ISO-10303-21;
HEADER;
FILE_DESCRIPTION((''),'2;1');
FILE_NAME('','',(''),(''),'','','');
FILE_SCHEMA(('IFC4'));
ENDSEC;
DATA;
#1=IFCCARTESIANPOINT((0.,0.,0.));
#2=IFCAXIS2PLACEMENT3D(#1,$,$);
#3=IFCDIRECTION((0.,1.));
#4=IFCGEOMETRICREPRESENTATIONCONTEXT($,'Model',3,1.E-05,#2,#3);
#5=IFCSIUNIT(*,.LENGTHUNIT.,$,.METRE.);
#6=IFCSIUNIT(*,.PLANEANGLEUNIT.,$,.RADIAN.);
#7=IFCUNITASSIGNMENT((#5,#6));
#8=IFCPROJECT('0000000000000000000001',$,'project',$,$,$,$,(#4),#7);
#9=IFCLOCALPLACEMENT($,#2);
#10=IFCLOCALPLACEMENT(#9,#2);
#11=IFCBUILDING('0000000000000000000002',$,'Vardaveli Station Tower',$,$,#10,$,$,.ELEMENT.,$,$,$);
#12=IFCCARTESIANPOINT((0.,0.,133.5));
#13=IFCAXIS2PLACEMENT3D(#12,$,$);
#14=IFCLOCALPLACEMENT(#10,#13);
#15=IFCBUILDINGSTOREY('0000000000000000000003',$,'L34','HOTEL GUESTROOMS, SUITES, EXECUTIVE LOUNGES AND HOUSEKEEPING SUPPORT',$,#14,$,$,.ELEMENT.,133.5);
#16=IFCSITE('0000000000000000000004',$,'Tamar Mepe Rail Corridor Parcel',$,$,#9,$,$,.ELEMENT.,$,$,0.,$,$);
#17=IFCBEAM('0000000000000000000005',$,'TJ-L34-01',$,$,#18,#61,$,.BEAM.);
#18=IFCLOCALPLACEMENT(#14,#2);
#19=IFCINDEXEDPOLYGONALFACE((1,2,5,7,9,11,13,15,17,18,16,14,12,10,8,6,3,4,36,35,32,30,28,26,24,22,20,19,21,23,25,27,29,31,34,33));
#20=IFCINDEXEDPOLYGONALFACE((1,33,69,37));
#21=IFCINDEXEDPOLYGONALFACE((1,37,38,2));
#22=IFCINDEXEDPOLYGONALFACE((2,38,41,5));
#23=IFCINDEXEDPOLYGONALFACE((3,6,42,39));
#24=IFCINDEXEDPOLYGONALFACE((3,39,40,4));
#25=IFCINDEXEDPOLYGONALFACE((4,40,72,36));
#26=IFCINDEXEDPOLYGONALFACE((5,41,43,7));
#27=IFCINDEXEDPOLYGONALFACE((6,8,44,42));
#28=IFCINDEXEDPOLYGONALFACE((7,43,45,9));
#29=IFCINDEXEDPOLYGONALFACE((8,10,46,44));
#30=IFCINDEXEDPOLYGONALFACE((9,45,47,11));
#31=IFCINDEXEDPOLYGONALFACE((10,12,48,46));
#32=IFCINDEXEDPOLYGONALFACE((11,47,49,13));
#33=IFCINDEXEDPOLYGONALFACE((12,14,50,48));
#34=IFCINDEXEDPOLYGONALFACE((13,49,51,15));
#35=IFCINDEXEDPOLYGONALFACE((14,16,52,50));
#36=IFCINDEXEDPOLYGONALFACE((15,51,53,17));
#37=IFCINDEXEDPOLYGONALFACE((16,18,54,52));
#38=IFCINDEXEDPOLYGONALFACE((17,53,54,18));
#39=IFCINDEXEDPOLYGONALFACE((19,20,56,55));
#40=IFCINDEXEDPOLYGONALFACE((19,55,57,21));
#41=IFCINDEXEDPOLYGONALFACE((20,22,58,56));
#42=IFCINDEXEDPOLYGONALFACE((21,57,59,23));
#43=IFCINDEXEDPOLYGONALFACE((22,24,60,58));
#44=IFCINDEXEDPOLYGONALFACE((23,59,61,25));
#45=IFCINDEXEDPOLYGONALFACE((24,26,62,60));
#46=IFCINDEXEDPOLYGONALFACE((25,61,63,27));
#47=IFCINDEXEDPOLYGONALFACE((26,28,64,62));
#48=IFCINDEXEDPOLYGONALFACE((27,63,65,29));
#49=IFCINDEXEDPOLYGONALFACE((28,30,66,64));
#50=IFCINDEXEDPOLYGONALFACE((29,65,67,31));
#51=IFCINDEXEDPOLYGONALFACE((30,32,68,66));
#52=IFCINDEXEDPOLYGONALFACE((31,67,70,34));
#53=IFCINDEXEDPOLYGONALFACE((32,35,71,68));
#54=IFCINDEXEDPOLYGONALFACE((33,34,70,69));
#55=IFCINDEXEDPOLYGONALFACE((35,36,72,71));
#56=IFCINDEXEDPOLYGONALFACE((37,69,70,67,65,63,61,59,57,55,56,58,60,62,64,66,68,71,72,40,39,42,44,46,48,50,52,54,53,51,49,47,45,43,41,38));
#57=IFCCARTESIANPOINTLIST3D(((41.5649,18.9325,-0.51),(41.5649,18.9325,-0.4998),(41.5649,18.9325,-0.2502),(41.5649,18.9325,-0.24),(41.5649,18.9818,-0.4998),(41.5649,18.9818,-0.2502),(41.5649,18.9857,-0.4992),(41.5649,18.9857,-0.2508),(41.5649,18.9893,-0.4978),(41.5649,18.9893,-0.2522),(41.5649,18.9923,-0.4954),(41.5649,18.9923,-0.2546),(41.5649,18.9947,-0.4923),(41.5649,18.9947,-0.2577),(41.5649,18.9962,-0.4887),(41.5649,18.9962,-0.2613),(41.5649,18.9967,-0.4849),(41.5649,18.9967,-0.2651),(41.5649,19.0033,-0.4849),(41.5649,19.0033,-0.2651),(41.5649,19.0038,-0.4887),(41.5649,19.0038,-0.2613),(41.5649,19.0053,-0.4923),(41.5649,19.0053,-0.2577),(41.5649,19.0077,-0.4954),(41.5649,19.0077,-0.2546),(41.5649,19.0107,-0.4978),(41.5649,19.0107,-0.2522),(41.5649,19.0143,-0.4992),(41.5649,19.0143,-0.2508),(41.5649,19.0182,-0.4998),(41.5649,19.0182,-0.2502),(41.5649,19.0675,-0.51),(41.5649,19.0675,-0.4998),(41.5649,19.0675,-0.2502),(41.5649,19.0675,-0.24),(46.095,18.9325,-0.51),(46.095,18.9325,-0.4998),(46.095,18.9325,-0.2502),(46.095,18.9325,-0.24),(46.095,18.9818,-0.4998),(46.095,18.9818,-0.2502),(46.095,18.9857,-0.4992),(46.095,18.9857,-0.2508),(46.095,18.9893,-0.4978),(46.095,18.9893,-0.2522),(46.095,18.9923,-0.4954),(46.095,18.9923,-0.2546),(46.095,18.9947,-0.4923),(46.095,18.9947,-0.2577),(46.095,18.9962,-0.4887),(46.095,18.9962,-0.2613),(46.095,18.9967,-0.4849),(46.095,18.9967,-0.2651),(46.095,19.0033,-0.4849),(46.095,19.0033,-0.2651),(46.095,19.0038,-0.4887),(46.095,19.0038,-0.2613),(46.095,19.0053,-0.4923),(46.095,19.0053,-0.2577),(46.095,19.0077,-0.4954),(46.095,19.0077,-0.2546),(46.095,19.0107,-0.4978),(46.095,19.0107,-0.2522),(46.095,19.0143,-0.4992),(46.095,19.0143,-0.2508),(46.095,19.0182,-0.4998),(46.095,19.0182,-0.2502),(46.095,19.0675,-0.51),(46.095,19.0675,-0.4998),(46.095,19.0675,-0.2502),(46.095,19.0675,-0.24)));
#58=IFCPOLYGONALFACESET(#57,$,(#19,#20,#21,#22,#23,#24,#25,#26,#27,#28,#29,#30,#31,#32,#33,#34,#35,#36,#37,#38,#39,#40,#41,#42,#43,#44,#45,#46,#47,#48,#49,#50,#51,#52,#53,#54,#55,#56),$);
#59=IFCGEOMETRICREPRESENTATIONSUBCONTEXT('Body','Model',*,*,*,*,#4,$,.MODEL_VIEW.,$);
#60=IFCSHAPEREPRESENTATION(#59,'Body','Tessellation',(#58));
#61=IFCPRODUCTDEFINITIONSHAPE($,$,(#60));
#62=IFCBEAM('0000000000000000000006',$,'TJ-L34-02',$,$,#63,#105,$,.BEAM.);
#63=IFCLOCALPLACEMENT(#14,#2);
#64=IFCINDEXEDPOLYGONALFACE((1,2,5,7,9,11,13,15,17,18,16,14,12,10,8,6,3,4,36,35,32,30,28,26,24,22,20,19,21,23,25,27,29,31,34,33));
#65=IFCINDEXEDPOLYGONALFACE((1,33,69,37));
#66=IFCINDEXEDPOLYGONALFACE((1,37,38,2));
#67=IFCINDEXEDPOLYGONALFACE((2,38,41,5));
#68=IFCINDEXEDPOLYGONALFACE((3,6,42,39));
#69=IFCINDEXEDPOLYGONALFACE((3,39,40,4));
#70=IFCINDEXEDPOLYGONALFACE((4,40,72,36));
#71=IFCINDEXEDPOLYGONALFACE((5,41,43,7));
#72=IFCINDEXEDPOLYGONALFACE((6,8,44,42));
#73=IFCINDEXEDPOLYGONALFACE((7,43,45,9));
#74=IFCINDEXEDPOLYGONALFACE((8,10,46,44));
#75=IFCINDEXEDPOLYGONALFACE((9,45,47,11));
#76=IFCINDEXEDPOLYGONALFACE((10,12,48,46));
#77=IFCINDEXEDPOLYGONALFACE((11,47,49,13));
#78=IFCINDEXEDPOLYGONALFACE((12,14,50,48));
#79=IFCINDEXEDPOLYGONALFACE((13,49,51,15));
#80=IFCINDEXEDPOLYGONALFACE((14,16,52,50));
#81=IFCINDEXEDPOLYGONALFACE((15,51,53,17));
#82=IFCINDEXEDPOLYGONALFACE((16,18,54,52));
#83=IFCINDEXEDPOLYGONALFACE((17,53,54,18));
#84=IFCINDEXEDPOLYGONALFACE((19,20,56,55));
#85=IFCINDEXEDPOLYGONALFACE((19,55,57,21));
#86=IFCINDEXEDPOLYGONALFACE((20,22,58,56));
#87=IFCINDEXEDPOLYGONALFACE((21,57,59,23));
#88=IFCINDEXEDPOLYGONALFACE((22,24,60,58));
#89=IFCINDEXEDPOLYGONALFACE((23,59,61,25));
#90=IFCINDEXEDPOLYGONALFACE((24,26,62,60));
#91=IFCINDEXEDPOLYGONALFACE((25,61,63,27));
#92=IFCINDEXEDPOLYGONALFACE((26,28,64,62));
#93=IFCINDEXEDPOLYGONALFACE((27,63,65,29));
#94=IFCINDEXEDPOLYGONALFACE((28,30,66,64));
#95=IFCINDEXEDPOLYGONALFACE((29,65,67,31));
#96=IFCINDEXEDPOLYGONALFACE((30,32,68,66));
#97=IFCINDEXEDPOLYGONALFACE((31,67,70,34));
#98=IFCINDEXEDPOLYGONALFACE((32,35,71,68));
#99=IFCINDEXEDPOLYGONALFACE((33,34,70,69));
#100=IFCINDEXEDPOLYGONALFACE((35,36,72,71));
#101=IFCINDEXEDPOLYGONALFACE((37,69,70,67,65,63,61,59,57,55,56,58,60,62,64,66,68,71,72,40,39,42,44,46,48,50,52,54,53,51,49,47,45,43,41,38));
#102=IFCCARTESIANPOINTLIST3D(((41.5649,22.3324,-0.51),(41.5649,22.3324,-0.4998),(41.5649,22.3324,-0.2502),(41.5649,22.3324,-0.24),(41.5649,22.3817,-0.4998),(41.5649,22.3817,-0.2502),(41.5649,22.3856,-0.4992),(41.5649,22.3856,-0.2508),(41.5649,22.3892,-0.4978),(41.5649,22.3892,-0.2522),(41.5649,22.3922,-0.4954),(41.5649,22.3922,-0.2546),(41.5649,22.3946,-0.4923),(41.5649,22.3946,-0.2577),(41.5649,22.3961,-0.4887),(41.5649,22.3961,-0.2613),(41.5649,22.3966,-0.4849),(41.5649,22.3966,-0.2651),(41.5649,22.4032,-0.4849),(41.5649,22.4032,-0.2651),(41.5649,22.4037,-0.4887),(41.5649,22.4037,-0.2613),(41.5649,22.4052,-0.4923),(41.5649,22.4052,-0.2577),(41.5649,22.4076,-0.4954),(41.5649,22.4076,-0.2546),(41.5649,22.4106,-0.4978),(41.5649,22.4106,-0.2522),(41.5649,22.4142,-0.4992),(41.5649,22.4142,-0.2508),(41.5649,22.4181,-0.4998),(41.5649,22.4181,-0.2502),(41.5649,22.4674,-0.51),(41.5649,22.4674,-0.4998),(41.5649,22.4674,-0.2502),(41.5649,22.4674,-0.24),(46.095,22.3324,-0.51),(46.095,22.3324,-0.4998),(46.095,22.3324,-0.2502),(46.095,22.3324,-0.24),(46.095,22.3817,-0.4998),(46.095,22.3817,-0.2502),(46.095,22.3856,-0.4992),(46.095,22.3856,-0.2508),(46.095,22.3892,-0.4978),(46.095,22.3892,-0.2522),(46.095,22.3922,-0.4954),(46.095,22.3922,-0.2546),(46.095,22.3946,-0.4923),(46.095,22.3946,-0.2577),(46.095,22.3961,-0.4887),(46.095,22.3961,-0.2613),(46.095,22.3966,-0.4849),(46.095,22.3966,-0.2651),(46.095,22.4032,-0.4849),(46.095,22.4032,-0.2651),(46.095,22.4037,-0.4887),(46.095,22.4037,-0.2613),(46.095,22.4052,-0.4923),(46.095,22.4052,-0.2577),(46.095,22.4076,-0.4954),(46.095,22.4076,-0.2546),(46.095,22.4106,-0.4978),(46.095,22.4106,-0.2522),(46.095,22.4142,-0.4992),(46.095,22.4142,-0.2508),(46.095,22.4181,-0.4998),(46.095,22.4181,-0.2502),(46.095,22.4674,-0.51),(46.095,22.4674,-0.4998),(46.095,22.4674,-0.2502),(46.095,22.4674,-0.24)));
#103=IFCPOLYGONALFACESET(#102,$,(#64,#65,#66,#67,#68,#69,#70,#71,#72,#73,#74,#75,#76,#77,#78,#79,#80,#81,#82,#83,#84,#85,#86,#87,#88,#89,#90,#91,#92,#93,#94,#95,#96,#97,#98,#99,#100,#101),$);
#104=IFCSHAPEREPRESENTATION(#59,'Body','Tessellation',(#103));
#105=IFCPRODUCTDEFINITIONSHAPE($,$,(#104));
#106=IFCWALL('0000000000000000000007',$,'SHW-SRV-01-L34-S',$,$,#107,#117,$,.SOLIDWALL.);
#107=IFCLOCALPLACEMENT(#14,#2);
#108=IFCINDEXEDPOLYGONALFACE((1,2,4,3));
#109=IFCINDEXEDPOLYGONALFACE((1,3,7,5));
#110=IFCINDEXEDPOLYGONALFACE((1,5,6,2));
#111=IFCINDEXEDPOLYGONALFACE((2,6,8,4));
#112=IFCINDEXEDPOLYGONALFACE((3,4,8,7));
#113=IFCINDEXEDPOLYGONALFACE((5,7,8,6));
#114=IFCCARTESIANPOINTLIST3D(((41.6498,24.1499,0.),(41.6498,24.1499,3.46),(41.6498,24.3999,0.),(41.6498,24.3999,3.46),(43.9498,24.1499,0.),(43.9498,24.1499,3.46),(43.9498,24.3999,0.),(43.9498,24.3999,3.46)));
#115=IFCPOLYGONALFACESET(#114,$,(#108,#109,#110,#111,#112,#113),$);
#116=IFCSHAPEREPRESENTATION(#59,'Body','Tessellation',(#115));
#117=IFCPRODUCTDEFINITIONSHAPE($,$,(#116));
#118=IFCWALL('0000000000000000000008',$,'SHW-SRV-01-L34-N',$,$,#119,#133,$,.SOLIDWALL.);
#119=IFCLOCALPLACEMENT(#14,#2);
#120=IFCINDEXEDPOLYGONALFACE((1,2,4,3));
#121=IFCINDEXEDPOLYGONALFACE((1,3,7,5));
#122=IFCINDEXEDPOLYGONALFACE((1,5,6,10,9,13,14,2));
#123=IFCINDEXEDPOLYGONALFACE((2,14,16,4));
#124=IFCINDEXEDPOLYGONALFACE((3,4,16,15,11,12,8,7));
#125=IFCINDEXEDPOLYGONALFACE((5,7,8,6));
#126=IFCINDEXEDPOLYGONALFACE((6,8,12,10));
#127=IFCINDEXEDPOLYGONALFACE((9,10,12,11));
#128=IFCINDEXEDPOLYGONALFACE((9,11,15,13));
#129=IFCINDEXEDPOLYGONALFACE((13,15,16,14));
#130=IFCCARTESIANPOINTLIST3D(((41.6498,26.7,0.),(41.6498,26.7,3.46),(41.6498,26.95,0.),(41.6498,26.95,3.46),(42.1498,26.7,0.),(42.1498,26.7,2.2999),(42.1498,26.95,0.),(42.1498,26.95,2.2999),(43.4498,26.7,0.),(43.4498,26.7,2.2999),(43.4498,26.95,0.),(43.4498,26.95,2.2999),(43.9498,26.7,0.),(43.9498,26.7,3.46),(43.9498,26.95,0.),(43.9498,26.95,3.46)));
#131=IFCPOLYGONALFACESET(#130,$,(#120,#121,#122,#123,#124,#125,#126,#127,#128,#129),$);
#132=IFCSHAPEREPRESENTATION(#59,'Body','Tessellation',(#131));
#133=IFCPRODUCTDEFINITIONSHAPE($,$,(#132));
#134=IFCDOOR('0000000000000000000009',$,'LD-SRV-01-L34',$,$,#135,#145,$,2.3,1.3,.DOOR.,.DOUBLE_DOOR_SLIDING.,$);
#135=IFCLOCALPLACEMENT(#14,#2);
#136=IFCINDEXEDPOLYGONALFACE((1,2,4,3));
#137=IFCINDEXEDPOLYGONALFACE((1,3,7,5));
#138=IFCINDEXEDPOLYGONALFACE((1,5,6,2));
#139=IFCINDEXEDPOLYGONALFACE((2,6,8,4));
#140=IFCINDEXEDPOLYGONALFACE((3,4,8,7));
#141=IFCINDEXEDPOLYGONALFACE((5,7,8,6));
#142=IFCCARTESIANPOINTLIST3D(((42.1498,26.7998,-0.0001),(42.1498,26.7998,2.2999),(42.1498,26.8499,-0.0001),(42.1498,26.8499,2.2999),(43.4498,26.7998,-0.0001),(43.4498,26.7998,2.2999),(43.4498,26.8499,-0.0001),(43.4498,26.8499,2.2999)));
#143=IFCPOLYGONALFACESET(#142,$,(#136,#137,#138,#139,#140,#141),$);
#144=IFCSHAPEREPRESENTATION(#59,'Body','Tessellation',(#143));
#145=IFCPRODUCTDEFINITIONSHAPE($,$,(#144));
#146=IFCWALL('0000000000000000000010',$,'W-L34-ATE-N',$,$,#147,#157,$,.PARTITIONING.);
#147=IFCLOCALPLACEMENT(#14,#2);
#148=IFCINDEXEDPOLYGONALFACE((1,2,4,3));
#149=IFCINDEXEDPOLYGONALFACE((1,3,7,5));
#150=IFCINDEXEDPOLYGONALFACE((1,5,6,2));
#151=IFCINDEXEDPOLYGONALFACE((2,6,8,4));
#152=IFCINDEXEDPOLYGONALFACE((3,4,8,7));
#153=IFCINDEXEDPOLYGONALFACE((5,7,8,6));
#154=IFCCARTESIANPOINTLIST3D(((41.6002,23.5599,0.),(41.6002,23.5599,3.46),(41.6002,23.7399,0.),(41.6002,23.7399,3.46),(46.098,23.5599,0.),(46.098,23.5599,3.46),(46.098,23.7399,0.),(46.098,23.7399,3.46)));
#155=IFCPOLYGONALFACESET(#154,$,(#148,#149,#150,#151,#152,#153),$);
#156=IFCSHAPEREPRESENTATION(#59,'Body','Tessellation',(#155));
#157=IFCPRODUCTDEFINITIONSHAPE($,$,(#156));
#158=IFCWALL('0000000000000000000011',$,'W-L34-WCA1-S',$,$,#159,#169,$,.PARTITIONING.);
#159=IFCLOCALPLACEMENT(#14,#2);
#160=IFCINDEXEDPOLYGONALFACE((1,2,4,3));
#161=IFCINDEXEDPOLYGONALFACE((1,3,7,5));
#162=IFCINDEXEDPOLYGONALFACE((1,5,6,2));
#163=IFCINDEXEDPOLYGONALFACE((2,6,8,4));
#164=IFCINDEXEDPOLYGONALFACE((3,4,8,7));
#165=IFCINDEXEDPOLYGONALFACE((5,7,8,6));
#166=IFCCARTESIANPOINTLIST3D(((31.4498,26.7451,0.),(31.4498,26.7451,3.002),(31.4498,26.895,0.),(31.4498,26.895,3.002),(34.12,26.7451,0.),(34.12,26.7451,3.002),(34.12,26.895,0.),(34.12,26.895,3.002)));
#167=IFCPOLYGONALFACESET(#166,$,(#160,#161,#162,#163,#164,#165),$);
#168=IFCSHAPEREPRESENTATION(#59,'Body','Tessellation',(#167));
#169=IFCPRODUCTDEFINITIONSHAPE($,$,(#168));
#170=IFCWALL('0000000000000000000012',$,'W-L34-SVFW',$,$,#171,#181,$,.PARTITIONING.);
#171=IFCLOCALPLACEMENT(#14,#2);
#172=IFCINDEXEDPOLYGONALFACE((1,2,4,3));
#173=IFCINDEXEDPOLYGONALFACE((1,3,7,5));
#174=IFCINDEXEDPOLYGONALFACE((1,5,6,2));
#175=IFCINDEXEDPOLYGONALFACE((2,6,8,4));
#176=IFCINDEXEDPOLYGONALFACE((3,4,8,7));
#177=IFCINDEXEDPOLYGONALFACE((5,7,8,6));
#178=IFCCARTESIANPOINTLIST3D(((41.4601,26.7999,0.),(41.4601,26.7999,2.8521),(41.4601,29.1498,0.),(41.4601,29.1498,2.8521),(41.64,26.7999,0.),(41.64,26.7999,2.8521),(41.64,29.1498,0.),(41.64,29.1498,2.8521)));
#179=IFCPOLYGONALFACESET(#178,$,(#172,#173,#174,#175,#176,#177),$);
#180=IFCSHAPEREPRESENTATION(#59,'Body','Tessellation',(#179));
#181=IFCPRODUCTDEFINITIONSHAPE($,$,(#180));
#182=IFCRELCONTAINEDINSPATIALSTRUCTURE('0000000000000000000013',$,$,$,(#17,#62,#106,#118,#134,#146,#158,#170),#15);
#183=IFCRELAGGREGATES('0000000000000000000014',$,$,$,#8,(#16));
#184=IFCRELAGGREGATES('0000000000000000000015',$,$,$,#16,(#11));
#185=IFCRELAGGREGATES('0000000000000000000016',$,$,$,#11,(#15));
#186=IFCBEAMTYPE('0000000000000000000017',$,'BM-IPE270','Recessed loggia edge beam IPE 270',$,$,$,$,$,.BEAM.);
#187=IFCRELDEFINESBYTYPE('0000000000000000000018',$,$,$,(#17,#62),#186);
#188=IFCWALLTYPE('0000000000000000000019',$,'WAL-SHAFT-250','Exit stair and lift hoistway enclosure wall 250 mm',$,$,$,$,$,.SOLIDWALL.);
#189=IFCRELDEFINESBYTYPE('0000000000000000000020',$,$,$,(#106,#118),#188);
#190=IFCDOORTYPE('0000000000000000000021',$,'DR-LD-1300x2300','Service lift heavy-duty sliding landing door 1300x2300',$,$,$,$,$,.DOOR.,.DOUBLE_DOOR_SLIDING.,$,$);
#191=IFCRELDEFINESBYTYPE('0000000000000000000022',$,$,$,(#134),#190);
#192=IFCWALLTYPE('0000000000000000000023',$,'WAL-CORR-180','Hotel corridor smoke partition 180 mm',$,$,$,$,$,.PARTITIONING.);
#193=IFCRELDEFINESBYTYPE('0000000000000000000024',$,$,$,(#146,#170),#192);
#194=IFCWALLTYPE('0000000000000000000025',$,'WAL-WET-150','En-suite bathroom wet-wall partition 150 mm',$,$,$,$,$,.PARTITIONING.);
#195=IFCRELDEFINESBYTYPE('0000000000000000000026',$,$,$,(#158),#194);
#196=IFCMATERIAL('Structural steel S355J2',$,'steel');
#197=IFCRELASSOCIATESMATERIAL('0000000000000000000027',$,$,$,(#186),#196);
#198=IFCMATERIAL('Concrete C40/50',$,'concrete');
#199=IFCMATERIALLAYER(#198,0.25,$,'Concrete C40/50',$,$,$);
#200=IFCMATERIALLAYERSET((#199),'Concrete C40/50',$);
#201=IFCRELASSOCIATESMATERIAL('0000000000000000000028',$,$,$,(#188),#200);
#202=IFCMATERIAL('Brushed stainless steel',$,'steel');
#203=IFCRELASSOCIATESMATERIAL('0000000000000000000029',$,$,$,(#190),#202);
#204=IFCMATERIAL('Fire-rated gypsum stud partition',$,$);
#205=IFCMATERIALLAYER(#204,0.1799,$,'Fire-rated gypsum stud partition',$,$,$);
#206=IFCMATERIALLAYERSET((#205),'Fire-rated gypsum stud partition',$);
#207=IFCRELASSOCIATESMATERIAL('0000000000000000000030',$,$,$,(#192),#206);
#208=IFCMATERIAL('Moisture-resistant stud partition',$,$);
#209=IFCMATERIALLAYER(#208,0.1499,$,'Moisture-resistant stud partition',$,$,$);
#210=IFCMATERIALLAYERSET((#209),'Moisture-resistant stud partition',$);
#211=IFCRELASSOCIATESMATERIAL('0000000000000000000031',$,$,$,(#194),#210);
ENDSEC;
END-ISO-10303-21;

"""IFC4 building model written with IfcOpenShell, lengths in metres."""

from ifc_helpers import new_model, si_unit, direction, frame, frame_2d, origin, origin_2d, place, context, subcontext, project, spatial, rectangle, i_section, extrude, source, transform, mapped, material, layer, layer_set, material_profile, profile_set, type_object, element, fill, save


model = new_model("IFC4")

# Units and contexts
model_context = context("Model", 3, precision=1e-05, world=origin(), true_north=direction((0.0, 1.0)))
body_context = subcontext(model_context, "Body", "Model", "MODEL_VIEW")
ifc_project = project(units=[si_unit("LENGTHUNIT", "METRE"), si_unit("PLANEANGLEUNIT", "RADIAN")], contexts=[model_context])

# Site, building, storey
site_placement = place(None, origin())
site = spatial("IfcSite", under=ifc_project, at=site_placement, Name="Tamar Mepe Rail Corridor Parcel", CompositionType="ELEMENT", RefElevation=0.0)
building_placement = place(site_placement, origin())
building = spatial("IfcBuilding", under=site, at=building_placement, Name="Vardaveli Station Tower", CompositionType="ELEMENT")
storey_placement = place(building_placement, frame((0.0, 0.0, 133.5)))
storey = spatial("IfcBuildingStorey", under=building, at=storey_placement, Name="L34", Description="HOTEL GUESTROOMS, SUITES, EXECUTIVE LOUNGES AND HOUSEKEEPING SUPPORT", CompositionType="ELEMENT", Elevation=133.5)

# Beams
ifc_material_1 = material(Name="Structural steel S355J2", Category="steel")
ifc_material_profile_1 = material_profile(ifc_material_1, i_section(OverallWidth=0.135, OverallDepth=0.27, WebThickness=0.0066, FlangeThickness=0.0103, FilletRadius=0.0149, at=origin_2d()), Name="IPE 270")
ifc_profile_set_1 = profile_set([ifc_material_profile_1], Name="Structural steel S355J2")
beam_type_1 = type_object("IfcBeamType", Name="BM-IPE270", Description="Recessed loggia edge beam IPE 270", PredefinedType="BEAM", material=ifc_profile_set_1)
shared_shape_1 = source(origin(), body_context, "Body", "SweptSolid", [
    extrude(i_section(OverallWidth=0.135, OverallDepth=0.27, WebThickness=0.0066, FlangeThickness=0.0103, FilletRadius=0.0149, at=origin_2d()), origin(), (0.0, 0.0, 1.0), 4.53),
])
for number, where, z_axis, x_axis, name in (
    (1, (41.5649, 19.0, -0.375), (1.0, 0.0, 0.0), (0.0, 1.0, 0.0), "TJ-L34-01"),
    (2, (41.5649, 22.3999, -0.375), (1.0, 0.0, 0.0), (0.0, 1.0, 0.0), "TJ-L34-02"),
):
    element("IfcBeam", number, at=place(storey_placement, frame(where, z_axis=z_axis, x_axis=x_axis)), inside=storey, type_object=beam_type_1, Name=name, PredefinedType="BEAM", context=body_context, shape_type="MappedRepresentation", body=[
        mapped(shared_shape_1, transform((0.0, 0.0, 0.0), scale=1.0)),
    ])

# Wall
ifc_material_2 = material(Name="Concrete C40/50", Category="concrete")
ifc_layer_1 = layer(ifc_material_2, 0.25, Name="Concrete C40/50")
ifc_layer_set_1 = layer_set([ifc_layer_1], Name="Concrete C40/50")
wall_type_1 = type_object("IfcWallType", Name="WAL-SHAFT-250", Description="Exit stair and lift hoistway enclosure wall 250 mm", PredefinedType="SOLIDWALL", material=ifc_layer_set_1)
shared_shape_2 = source(origin(), body_context, "Body", "SweptSolid", [
    extrude(rectangle(XDim=2.3, YDim=0.25, at=frame_2d((1.1499, 0.0))), origin(), (0.0, 0.0, 1.0), 3.46),
])
wall_1_placement = place(storey_placement, frame((41.6499, 24.2749, 0.0), z_axis=(0.0, 0.0, 1.0), x_axis=(1.0, 0.0, 0.0)))
element("IfcWall", 3, at=wall_1_placement, inside=storey, type_object=wall_type_1, Name="SHW-SRV-01-L34-S", PredefinedType="SOLIDWALL", context=body_context, shape_type="MappedRepresentation", body=[
    mapped(shared_shape_2, transform((0.0, 0.0, 0.0), scale=1.0)),
])

# Wall, opening, door
wall_2_placement = place(storey_placement, frame((41.6499, 26.825, 0.0), z_axis=(0.0, 0.0, 1.0), x_axis=(1.0, 0.0, 0.0)))
wall_2 = element("IfcWall", 4, at=wall_2_placement, inside=storey, type_object=wall_type_1, Name="SHW-SRV-01-L34-N", PredefinedType="SOLIDWALL", context=body_context, shape_type="MappedRepresentation", body=[
    mapped(shared_shape_2, transform((0.0, 0.0, 0.0), scale=1.0)),
])
shared_shape_3 = source(origin(), body_context, "Body", "SweptSolid", [
    extrude(rectangle(XDim=1.3, YDim=2.3, at=frame_2d((0.6499, 1.1499))), frame((0.0, 0.135, 0.0), z_axis=(0.0, -1.0, 0.0), x_axis=(1.0, 0.0, 0.0)), (0.0, 0.0, 1.0), 0.27),
])
opening_placement = place(wall_2_placement, frame((0.5, 0.0, 0.0)))
opening = element("IfcOpeningElement", 5, at=opening_placement, cuts=wall_2, PredefinedType="OPENING", context=body_context, shape_type="MappedRepresentation", body=[
    mapped(shared_shape_3, transform((0.0, 0.0, 0.0), scale=1.0)),
])
ifc_material_3 = material(Name="Brushed stainless steel", Category="steel")
door_type = type_object("IfcDoorType", Name="DR-LD-1300x2300", Description="Service lift heavy-duty sliding landing door 1300x2300", OperationType="DOUBLE_DOOR_SLIDING", PredefinedType="DOOR", material=ifc_material_3)
shared_shape_4 = source(origin(), body_context, "Body", "SweptSolid", [
    extrude(rectangle(XDim=1.3, YDim=2.3, at=frame_2d((0.6499, 1.1499))), frame((0.0, 0.0249, 0.0), z_axis=(0.0, -1.0, 0.0), x_axis=(1.0, 0.0, 0.0)), (0.0, 0.0, 1.0), 0.05),
])
door_placement = place(opening_placement, origin())
door = element("IfcDoor", 6, at=door_placement, inside=storey, type_object=door_type, Name="LD-SRV-01-L34", OperationType="DOUBLE_DOOR_SLIDING", OverallHeight=2.3, OverallWidth=1.3, PredefinedType="DOOR", context=body_context, shape_type="MappedRepresentation", body=[
    mapped(shared_shape_4, transform((0.0, 0.0, 0.0), scale=1.0)),
])
fill(opening, door)

# Walls
ifc_material_4 = material(Name="Fire-rated gypsum stud partition")
ifc_layer_2 = layer(ifc_material_4, 0.1799, Name="Fire-rated gypsum stud partition")
ifc_layer_set_2 = layer_set([ifc_layer_2], Name="Fire-rated gypsum stud partition")
wall_type_2 = type_object("IfcWallType", Name="WAL-CORR-180", Description="Hotel corridor smoke partition 180 mm", PredefinedType="PARTITIONING", material=ifc_layer_set_2)
shared_shape_5 = source(origin(), body_context, "Body", "SweptSolid", [
    extrude(rectangle(XDim=4.4978, YDim=0.1799, at=frame_2d((2.249, 0.0))), origin(), (0.0, 0.0, 1.0), 3.46),
])
wall_3_placement = place(storey_placement, frame((41.6001, 23.6499, 0.0), z_axis=(0.0, 0.0, 1.0), x_axis=(1.0, 0.0, 0.0)))
element("IfcWall", 7, at=wall_3_placement, inside=storey, type_object=wall_type_2, Name="W-L34-ATE-N", PredefinedType="PARTITIONING", context=body_context, shape_type="MappedRepresentation", body=[
    mapped(shared_shape_5, transform((0.0, 0.0, 0.0), scale=1.0)),
])
ifc_material_5 = material(Name="Moisture-resistant stud partition")
ifc_layer_3 = layer(ifc_material_5, 0.1499, Name="Moisture-resistant stud partition")
ifc_layer_set_3 = layer_set([ifc_layer_3], Name="Moisture-resistant stud partition")
wall_type_3 = type_object("IfcWallType", Name="WAL-WET-150", Description="En-suite bathroom wet-wall partition 150 mm", PredefinedType="PARTITIONING", material=ifc_layer_set_3)
shared_shape_6 = source(origin(), body_context, "Body", "SweptSolid", [
    extrude(rectangle(XDim=2.6702, YDim=0.1499, at=frame_2d((1.335, 0.0))), origin(), (0.0, 0.0, 1.0), 3.002),
])
wall_4_placement = place(storey_placement, frame((31.45, 26.8201, 0.0), z_axis=(0.0, 0.0, 1.0), x_axis=(1.0, 0.0, 0.0)))
element("IfcWall", 8, at=wall_4_placement, inside=storey, type_object=wall_type_3, Name="W-L34-WCA1-S", PredefinedType="PARTITIONING", context=body_context, shape_type="MappedRepresentation", body=[
    mapped(shared_shape_6, transform((0.0, 0.0, 0.0), scale=1.0)),
])
shared_shape_7 = source(origin(), body_context, "Body", "SweptSolid", [
    extrude(rectangle(XDim=2.3499, YDim=0.1799, at=frame_2d((1.1748, 0.0))), origin(), (0.0, 0.0, 1.0), 2.8521),
])
wall_5_placement = place(storey_placement, frame((41.55, 26.8, 0.0), z_axis=(0.0, 0.0, 1.0), x_axis=(0.0, 1.0, 0.0)))
element("IfcWall", 9, at=wall_5_placement, inside=storey, type_object=wall_type_2, Name="W-L34-SVFW", PredefinedType="PARTITIONING", context=body_context, shape_type="MappedRepresentation", body=[
    mapped(shared_shape_7, transform((0.0, 0.0, 0.0), scale=1.0)),
])

save(model, "model.ifc")
